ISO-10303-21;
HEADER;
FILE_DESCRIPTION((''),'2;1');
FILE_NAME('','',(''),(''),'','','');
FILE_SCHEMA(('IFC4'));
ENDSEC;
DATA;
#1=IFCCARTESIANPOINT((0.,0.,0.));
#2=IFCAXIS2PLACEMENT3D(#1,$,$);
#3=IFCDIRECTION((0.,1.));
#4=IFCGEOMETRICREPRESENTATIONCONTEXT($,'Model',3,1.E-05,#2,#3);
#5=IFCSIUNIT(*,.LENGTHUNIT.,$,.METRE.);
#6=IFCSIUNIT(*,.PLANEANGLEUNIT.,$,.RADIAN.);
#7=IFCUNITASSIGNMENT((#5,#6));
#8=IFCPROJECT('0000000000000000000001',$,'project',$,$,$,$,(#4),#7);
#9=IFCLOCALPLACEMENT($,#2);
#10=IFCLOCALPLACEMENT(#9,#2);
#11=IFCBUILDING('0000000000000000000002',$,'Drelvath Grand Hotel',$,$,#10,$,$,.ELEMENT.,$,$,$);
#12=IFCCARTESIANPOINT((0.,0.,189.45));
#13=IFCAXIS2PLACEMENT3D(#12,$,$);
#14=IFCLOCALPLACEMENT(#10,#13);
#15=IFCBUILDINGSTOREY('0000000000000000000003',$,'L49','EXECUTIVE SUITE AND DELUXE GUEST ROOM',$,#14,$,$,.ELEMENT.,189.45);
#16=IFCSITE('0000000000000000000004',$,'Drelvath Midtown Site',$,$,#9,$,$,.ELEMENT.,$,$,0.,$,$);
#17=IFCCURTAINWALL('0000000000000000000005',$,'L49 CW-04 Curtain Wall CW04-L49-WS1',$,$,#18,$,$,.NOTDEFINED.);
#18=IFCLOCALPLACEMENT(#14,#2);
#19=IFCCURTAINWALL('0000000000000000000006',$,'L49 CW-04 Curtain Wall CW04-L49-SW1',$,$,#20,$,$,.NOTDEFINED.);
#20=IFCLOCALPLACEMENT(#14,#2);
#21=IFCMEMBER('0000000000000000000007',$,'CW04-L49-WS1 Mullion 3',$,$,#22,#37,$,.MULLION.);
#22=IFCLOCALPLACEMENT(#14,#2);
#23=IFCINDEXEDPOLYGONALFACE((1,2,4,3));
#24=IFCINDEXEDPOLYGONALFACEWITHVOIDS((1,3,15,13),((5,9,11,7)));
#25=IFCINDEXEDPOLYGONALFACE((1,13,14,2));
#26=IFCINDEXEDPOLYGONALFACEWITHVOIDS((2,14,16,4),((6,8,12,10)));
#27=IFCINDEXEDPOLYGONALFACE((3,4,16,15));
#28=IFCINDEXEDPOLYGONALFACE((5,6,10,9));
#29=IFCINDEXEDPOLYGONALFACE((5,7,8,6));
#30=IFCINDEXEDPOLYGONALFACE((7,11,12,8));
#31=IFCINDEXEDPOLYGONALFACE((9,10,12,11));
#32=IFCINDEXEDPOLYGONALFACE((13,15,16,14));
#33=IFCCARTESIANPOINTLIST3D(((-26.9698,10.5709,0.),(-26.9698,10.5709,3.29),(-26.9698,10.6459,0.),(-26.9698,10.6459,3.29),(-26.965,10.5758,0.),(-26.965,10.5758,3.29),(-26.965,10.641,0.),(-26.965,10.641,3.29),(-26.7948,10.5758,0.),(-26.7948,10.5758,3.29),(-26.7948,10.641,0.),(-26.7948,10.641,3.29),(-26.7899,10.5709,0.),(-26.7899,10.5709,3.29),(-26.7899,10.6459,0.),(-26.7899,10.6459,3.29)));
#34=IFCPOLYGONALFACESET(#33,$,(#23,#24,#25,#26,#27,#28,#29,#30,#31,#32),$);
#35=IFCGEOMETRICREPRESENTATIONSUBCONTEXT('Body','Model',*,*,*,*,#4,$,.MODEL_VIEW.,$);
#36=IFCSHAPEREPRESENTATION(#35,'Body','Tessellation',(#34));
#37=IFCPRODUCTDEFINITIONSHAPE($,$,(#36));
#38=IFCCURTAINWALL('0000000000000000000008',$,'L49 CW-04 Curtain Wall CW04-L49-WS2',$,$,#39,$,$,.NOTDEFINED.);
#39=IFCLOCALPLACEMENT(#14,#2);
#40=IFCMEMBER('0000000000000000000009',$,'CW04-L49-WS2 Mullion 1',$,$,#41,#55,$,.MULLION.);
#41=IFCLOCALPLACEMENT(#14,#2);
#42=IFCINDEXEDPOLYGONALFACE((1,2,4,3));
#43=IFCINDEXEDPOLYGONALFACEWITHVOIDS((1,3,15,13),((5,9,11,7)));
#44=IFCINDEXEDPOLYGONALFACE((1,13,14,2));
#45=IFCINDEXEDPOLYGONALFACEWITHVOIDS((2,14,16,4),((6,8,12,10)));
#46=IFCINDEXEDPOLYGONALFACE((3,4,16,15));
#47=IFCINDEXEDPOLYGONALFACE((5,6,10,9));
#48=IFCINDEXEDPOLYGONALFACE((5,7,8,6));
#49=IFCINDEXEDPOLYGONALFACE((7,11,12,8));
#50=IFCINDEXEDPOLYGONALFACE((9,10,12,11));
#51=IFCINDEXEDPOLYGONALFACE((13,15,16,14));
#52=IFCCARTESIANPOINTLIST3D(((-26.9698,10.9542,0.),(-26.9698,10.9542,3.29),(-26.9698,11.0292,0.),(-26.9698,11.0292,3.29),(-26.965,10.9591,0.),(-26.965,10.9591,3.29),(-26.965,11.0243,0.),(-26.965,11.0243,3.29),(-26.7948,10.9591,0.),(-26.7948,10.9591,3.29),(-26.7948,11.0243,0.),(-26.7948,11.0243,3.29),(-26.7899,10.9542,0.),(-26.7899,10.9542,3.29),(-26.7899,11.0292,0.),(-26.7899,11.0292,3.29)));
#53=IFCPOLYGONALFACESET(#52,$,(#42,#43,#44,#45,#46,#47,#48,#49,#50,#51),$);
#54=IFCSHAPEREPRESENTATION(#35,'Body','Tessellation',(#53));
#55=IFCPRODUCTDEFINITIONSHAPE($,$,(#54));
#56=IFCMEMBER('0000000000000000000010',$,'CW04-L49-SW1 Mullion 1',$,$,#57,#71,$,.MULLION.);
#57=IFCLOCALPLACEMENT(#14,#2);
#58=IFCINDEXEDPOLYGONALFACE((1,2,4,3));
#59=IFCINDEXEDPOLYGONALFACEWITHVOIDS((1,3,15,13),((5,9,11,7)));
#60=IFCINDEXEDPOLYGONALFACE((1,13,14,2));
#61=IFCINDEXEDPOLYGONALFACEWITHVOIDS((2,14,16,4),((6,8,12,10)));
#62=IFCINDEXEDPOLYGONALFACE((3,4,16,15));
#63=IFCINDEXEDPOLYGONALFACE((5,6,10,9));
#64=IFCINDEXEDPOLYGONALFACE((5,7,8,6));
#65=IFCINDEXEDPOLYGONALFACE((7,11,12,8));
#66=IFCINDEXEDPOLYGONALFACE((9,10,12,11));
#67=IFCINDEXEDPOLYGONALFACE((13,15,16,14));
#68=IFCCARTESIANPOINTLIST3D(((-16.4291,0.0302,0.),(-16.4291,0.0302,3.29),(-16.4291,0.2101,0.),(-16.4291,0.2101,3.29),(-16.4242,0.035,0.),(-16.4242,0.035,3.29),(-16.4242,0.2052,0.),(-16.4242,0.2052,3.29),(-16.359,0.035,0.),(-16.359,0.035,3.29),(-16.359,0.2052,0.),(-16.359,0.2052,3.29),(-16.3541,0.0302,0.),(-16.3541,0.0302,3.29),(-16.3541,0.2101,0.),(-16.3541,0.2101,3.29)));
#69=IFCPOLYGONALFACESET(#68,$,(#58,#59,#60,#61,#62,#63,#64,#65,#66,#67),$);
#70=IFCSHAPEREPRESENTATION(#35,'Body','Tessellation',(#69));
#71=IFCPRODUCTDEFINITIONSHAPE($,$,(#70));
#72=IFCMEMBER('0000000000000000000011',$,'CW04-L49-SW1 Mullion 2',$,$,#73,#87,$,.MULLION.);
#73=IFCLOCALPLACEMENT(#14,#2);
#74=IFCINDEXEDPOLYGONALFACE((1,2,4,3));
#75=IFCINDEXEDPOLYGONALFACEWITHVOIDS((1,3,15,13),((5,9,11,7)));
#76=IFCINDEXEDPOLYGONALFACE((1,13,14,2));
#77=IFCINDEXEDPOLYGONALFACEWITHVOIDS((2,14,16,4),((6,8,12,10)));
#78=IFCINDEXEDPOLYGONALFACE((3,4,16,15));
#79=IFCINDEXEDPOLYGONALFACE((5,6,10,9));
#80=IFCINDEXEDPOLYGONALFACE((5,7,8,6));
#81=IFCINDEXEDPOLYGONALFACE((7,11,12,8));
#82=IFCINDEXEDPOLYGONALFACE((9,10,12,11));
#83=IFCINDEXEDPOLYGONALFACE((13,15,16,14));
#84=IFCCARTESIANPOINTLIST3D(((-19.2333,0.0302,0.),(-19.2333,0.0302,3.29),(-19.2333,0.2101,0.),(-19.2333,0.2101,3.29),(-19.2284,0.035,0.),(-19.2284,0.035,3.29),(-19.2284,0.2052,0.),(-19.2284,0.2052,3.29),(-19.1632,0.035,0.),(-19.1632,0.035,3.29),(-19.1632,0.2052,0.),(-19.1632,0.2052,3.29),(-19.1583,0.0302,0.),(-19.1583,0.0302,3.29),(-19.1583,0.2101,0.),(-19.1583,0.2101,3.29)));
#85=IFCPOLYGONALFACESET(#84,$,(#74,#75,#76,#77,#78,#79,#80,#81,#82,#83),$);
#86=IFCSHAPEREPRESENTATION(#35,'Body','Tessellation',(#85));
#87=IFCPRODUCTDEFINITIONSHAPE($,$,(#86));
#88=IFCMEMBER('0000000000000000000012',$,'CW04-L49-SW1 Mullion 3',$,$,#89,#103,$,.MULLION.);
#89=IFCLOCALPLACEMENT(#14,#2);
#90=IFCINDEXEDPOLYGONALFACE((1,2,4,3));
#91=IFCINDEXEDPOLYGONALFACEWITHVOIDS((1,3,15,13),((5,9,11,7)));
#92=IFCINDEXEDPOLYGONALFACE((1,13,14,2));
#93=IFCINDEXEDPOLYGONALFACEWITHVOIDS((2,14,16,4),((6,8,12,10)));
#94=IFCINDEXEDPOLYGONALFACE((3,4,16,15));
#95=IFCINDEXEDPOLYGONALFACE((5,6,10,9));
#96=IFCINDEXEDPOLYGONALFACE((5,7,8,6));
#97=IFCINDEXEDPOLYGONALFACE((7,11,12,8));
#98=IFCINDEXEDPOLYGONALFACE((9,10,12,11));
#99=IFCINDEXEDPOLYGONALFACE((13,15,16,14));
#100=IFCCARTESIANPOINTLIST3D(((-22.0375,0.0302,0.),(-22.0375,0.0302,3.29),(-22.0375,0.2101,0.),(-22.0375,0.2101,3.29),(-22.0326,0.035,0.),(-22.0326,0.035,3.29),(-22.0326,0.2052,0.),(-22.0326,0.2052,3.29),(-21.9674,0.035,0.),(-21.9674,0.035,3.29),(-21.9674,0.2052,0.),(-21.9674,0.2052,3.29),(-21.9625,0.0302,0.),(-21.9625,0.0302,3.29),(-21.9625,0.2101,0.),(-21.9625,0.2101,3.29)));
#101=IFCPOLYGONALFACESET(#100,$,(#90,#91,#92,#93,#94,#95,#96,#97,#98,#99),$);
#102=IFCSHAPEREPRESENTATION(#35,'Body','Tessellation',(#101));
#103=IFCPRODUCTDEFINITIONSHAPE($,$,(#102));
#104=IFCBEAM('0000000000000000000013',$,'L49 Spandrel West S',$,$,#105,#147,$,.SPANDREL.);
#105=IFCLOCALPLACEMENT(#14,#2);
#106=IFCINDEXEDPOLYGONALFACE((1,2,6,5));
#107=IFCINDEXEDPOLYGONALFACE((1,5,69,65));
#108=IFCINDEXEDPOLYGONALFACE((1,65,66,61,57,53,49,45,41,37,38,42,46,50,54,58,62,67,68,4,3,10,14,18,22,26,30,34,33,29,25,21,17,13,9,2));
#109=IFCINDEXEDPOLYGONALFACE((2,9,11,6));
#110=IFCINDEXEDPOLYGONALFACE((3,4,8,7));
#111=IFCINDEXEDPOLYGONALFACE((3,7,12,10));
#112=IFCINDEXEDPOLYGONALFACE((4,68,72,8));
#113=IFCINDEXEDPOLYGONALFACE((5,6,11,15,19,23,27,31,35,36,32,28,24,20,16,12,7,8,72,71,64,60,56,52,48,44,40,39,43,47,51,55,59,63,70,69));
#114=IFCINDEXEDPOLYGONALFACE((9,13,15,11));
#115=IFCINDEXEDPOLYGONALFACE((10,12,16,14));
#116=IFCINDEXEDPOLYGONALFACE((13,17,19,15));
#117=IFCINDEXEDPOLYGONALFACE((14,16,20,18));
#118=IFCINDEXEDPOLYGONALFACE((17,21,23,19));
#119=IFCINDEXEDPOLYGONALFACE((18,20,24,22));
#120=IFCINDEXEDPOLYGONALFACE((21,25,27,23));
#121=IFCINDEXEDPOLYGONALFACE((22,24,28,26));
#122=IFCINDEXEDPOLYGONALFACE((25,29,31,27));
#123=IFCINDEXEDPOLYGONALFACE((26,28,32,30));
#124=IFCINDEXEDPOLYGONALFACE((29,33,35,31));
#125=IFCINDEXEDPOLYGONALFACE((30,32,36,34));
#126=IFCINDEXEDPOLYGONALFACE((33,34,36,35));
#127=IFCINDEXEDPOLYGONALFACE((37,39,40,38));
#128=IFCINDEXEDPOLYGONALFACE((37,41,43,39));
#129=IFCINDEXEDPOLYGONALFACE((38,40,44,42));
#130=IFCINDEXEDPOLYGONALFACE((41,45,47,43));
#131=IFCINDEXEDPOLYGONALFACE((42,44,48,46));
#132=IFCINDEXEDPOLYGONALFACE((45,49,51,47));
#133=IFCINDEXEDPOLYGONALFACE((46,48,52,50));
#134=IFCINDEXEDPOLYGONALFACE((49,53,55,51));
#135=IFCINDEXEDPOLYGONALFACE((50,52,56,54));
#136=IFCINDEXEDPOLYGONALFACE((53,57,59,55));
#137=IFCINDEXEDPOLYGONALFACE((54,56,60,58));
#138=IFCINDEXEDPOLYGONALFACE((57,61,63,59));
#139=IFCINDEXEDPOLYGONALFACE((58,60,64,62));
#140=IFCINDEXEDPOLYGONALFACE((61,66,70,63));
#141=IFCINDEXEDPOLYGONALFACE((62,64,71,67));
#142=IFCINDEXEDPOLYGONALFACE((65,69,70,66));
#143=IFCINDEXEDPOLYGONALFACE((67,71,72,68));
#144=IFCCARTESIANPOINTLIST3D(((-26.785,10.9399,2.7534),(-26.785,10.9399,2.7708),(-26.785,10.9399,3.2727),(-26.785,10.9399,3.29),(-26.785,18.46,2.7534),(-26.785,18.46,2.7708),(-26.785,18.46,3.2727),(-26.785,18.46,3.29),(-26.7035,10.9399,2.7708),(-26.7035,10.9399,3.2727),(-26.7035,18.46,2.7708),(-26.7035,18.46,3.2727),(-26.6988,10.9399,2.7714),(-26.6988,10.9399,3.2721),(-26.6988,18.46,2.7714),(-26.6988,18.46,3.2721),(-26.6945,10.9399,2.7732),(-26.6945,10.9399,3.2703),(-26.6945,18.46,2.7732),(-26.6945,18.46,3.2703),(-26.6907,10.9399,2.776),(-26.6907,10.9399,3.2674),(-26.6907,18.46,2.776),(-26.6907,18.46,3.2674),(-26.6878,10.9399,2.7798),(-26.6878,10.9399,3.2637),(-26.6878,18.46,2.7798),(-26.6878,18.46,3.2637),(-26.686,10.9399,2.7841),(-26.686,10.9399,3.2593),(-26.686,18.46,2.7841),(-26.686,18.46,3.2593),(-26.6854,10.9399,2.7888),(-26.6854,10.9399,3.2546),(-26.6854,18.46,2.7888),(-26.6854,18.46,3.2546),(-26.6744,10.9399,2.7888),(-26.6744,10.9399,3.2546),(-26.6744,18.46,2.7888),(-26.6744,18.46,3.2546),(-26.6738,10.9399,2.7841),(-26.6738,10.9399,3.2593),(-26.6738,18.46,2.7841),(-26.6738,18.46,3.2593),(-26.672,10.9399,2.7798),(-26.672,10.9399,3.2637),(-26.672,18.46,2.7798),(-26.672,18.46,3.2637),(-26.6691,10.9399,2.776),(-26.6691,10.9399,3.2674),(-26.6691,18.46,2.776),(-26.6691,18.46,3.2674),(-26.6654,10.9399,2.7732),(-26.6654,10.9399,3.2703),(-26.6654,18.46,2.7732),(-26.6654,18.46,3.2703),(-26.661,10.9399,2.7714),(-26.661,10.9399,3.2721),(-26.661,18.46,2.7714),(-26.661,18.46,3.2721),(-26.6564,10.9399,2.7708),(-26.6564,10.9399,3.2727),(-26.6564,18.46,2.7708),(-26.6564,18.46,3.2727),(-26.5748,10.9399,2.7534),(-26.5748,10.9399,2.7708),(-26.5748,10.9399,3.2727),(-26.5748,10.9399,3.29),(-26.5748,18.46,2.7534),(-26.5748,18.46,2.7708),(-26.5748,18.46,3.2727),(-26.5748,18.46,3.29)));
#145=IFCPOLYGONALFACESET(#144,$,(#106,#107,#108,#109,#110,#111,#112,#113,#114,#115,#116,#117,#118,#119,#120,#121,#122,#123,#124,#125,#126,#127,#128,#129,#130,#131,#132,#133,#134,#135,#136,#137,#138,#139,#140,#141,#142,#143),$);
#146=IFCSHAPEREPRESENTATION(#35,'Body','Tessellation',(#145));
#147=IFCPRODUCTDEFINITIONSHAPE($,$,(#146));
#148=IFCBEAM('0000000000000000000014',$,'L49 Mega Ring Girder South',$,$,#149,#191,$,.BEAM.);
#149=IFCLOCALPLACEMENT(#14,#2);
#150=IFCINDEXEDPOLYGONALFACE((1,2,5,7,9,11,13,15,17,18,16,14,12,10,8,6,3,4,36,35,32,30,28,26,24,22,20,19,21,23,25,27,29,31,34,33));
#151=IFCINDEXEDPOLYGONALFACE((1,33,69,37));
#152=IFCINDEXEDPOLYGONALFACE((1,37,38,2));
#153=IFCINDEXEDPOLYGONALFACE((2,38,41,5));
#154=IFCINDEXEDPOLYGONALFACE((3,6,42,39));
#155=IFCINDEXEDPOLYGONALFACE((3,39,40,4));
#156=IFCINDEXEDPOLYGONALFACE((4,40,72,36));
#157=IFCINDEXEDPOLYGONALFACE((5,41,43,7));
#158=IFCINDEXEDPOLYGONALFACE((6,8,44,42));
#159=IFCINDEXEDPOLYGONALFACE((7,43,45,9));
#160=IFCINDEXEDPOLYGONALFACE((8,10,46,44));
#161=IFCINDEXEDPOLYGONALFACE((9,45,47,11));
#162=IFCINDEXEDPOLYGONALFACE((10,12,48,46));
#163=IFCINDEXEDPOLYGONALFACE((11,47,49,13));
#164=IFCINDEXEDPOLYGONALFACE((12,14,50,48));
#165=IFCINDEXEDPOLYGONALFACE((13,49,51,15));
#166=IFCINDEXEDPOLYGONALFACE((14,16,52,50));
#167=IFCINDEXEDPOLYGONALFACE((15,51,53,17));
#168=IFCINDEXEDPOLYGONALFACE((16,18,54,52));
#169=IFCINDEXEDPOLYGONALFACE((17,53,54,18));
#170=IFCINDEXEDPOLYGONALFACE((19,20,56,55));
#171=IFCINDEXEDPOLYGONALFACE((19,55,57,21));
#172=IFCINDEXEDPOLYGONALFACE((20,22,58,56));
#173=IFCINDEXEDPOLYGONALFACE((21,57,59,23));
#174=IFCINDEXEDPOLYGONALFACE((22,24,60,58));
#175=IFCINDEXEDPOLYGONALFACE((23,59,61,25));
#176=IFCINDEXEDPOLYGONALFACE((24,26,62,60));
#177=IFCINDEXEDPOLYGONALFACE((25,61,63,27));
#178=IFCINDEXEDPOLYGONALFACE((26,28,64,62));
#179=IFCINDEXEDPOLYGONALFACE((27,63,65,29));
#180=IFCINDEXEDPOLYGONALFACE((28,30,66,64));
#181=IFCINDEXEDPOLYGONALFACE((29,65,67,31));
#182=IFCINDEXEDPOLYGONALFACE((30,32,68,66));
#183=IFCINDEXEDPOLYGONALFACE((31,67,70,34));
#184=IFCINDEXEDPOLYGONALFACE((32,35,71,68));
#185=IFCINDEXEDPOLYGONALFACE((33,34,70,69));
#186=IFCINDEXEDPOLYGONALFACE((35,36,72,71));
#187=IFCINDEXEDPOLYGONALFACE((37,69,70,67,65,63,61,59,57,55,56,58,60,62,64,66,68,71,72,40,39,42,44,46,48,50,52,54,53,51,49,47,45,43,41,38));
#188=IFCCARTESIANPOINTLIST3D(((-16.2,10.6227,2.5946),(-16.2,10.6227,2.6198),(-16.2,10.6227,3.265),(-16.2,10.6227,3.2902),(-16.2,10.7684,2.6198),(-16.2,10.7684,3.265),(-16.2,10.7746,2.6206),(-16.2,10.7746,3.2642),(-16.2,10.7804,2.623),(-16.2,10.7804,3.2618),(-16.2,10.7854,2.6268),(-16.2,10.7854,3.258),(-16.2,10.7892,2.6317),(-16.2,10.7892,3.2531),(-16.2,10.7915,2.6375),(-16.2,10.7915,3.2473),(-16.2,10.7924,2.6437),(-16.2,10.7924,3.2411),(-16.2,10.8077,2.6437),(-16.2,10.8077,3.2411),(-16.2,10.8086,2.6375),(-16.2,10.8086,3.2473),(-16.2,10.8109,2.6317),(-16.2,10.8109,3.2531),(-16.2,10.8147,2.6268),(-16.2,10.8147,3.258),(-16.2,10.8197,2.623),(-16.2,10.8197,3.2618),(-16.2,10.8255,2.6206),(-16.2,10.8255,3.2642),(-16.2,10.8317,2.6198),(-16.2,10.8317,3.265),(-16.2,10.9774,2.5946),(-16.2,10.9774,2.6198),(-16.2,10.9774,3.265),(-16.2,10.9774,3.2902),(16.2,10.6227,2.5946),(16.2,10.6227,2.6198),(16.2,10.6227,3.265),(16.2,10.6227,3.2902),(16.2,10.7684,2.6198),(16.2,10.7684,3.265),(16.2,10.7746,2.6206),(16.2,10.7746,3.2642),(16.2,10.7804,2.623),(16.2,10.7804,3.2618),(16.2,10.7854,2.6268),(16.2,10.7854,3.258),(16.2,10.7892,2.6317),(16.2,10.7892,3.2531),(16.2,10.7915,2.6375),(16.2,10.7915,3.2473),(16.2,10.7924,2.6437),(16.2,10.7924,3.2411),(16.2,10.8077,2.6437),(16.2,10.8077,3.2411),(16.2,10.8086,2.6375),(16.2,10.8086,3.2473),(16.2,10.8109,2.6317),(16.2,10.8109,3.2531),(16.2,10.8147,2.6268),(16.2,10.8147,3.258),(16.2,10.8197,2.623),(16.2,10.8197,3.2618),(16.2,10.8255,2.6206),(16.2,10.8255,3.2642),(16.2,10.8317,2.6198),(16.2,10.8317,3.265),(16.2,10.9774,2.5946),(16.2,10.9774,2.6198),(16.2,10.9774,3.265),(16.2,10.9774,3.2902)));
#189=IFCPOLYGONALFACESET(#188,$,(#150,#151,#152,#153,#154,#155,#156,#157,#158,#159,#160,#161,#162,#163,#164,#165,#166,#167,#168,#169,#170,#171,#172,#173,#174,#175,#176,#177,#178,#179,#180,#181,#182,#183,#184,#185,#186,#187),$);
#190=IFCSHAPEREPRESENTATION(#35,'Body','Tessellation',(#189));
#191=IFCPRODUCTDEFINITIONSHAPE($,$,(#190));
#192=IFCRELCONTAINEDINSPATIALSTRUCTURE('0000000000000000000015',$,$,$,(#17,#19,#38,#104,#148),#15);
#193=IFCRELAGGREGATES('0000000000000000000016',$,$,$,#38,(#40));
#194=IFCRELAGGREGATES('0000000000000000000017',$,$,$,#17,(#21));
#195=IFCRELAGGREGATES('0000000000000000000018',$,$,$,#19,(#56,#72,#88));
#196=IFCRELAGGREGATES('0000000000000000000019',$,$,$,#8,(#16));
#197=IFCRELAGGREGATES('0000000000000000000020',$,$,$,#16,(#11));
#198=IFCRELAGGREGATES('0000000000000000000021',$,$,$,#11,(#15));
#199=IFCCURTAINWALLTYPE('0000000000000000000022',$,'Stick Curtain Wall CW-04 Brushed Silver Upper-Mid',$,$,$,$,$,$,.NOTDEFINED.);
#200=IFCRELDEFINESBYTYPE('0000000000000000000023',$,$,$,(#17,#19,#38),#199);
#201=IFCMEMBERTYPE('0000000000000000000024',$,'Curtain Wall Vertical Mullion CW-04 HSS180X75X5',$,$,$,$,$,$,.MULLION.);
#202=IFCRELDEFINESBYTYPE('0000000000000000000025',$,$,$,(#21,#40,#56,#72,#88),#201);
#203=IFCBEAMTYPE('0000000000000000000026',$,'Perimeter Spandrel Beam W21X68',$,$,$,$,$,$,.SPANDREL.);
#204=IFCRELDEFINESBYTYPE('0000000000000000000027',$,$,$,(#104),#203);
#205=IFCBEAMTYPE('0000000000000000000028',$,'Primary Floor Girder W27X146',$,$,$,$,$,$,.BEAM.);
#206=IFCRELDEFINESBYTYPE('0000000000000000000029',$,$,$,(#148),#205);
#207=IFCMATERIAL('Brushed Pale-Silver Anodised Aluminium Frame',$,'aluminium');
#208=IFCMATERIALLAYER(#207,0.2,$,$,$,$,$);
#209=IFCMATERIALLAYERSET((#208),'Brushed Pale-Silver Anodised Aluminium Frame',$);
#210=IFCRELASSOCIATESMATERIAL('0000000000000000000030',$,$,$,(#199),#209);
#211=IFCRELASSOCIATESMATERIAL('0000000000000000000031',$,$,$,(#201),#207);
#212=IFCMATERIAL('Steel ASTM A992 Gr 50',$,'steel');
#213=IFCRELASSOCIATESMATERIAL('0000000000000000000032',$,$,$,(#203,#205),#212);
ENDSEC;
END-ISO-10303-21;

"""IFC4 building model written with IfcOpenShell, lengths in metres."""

from ifc_helpers import new_model, si_unit, direction, frame, origin, origin_2d, place, context, subcontext, project, spatial, hollow_rectangle, i_section, extrude, material, layer, layer_set, material_profile, profile_set, type_object, element, aggregate, save


model = new_model("IFC4")

# Units and contexts
model_context = context("Model", 3, precision=1e-05, world=origin(), true_north=direction((0.0, 1.0)))
body_context = subcontext(model_context, "Body", "Model", "MODEL_VIEW")
ifc_project = project(units=[si_unit("LENGTHUNIT", "METRE"), si_unit("PLANEANGLEUNIT", "RADIAN")], contexts=[model_context])

# Site, building, storey
site_placement = place(None, origin())
site = spatial("IfcSite", under=ifc_project, at=site_placement, Name="Drelvath Midtown Site", CompositionType="ELEMENT", RefElevation=0.0)
building_placement = place(site_placement, origin())
building = spatial("IfcBuilding", under=site, at=building_placement, Name="Drelvath Grand Hotel", CompositionType="ELEMENT")
storey_placement = place(building_placement, frame((0.0, 0.0, 189.45)))
storey = spatial("IfcBuildingStorey", under=building, at=storey_placement, Name="L49", Description="EXECUTIVE SUITE AND DELUXE GUEST ROOM", CompositionType="ELEMENT", Elevation=189.45)

# Curtain walls
ifc_material_1 = material(Name="Brushed Pale-Silver Anodised Aluminium Frame", Category="aluminium")
ifc_layer_1 = layer(ifc_material_1, 0.2)
ifc_layer_set_1 = layer_set([ifc_layer_1], Name="Brushed Pale-Silver Anodised Aluminium Frame")
curtain_wall_type = type_object("IfcCurtainWallType", Name="Stick Curtain Wall CW-04 Brushed Silver Upper-Mid", PredefinedType="NOTDEFINED", material=ifc_layer_set_1)
curtain_wall_1_placement = place(storey_placement, origin())
curtain_wall_1 = element("IfcCurtainWall", 1, at=curtain_wall_1_placement, inside=storey, type_object=curtain_wall_type, Name="L49 CW-04 Curtain Wall CW04-L49-WS1", PredefinedType="NOTDEFINED")
curtain_wall_2_placement = place(storey_placement, origin())
curtain_wall_2 = element("IfcCurtainWall", 2, at=curtain_wall_2_placement, inside=storey, type_object=curtain_wall_type, Name="L49 CW-04 Curtain Wall CW04-L49-SW1", PredefinedType="NOTDEFINED")

# Member
ifc_material_profile_1 = material_profile(ifc_material_1, hollow_rectangle(XDim=0.075, YDim=0.1799, WallThickness=0.0049, at=origin_2d()), Name="HSS180X75X5")
ifc_profile_set_1 = profile_set([ifc_material_profile_1], Name="Brushed Pale-Silver Anodised Aluminium Frame")
member_type_1 = type_object("IfcMemberType", Name="Curtain Wall Vertical Mullion CW-04 HSS180X75X5", PredefinedType="MULLION", material=ifc_profile_set_1)
member_1_placement = place(storey_placement, frame((-26.8799, 10.6084, 0.0), z_axis=(0.0, 0.0, 1.0), x_axis=(0.0, 1.0, 0.0)))
member_1 = element("IfcMember", 3, at=member_1_placement, type_object=member_type_1, Name="CW04-L49-WS1 Mullion 3", PredefinedType="MULLION", context=body_context, shape_type="SweptSolid", body=[
    extrude(hollow_rectangle(XDim=0.075, YDim=0.1799, WallThickness=0.0049, at=origin_2d()), origin(), (0.0, 0.0, 1.0), 3.29),
])

# Curtain wall, member
curtain_wall_3_placement = place(storey_placement, origin())
curtain_wall_3 = element("IfcCurtainWall", 4, at=curtain_wall_3_placement, inside=storey, type_object=curtain_wall_type, Name="L49 CW-04 Curtain Wall CW04-L49-WS2", PredefinedType="NOTDEFINED")
member_2_placement = place(storey_placement, frame((-26.8799, 10.9917, 0.0), z_axis=(0.0, 0.0, 1.0), x_axis=(0.0, 1.0, 0.0)))
member_2 = element("IfcMember", 5, at=member_2_placement, type_object=member_type_1, Name="CW04-L49-WS2 Mullion 1", PredefinedType="MULLION", context=body_context, shape_type="SweptSolid", body=[
    extrude(hollow_rectangle(XDim=0.075, YDim=0.1799, WallThickness=0.0049, at=origin_2d()), origin(), (0.0, 0.0, 1.0), 3.29),
])
aggregate(curtain_wall_3, [member_2])

# Members
member_3_placement = place(storey_placement, frame((-16.3916, 0.1201, 0.0), z_axis=(0.0, 0.0, 1.0), x_axis=(1.0, 0.0, 0.0)))
member_3 = element("IfcMember", 6, at=member_3_placement, type_object=member_type_1, Name="CW04-L49-SW1 Mullion 1", PredefinedType="MULLION", context=body_context, shape_type="SweptSolid", body=[
    extrude(hollow_rectangle(XDim=0.075, YDim=0.1799, WallThickness=0.0049, at=origin_2d()), origin(), (0.0, 0.0, 1.0), 3.29),
])
member_4_placement = place(storey_placement, frame((-19.1958, 0.1201, 0.0), z_axis=(0.0, 0.0, 1.0), x_axis=(1.0, 0.0, 0.0)))
member_4 = element("IfcMember", 7, at=member_4_placement, type_object=member_type_1, Name="CW04-L49-SW1 Mullion 2", PredefinedType="MULLION", context=body_context, shape_type="SweptSolid", body=[
    extrude(hollow_rectangle(XDim=0.075, YDim=0.1799, WallThickness=0.0049, at=origin_2d()), origin(), (0.0, 0.0, 1.0), 3.29),
])
member_5_placement = place(storey_placement, frame((-22.0, 0.1201, 0.0), z_axis=(0.0, 0.0, 1.0), x_axis=(1.0, 0.0, 0.0)))
member_5 = element("IfcMember", 8, at=member_5_placement, type_object=member_type_1, Name="CW04-L49-SW1 Mullion 3", PredefinedType="MULLION", context=body_context, shape_type="SweptSolid", body=[
    extrude(hollow_rectangle(XDim=0.075, YDim=0.1799, WallThickness=0.0049, at=origin_2d()), origin(), (0.0, 0.0, 1.0), 3.29),
])

# Beams
ifc_material_2 = material(Name="Steel ASTM A992 Gr 50", Category="steel")
ifc_material_profile_2 = material_profile(ifc_material_2, i_section(OverallWidth=0.2102, OverallDepth=0.5366, WebThickness=0.011, FlangeThickness=0.0173, FilletRadius=0.0181, at=origin_2d()), Name="W21X68")
ifc_profile_set_2 = profile_set([ifc_material_profile_2], Name="Steel ASTM A992 Gr 50")
beam_type_1 = type_object("IfcBeamType", Name="Perimeter Spandrel Beam W21X68", PredefinedType="SPANDREL", material=ifc_profile_set_2)
beam_placement = place(storey_placement, frame((-26.6799, 10.9399, 3.0217), z_axis=(0.0, 1.0, 0.0), x_axis=(-1.0, 0.0, 0.0)))
element("IfcBeam", 9, at=beam_placement, inside=storey, type_object=beam_type_1, Name="L49 Spandrel West S", PredefinedType="SPANDREL", context=body_context, shape_type="SweptSolid", body=[
    extrude(i_section(OverallWidth=0.2102, OverallDepth=0.5366, WebThickness=0.011, FlangeThickness=0.0173, FilletRadius=0.0181, at=origin_2d()), origin(), (0.0, 0.0, 1.0), 7.52),
])
ifc_material_profile_3 = material_profile(ifc_material_2, i_section(OverallWidth=0.3547, OverallDepth=0.6956, WebThickness=0.0154, FlangeThickness=0.0251, FilletRadius=0.0239, at=origin_2d()), Name="W27X146")
ifc_profile_set_3 = profile_set([ifc_material_profile_3], Name="Steel ASTM A992 Gr 50")
beam_type_2 = type_object("IfcBeamType", Name="Primary Floor Girder W27X146", PredefinedType="BEAM", material=ifc_profile_set_3)
for number, where, z_axis, x_axis, name in (
    (10, (-16.2, 10.8, 2.9424), (1.0, 0.0, 0.0), (0.0, 1.0, 0.0), "L49 Mega Ring Girder South"),
):
    element("IfcBeam", number, at=place(storey_placement, frame(where, z_axis=z_axis, x_axis=x_axis)), inside=storey, type_object=beam_type_2, Name=name, PredefinedType="BEAM", context=body_context, shape_type="SweptSolid", body=[
        extrude(i_section(OverallWidth=0.3547, OverallDepth=0.6956, WebThickness=0.0154, FlangeThickness=0.0251, FilletRadius=0.0239, at=origin_2d()), origin(), (0.0, 0.0, 1.0), 32.3999),
    ])

aggregate(curtain_wall_1, [member_1])
aggregate(curtain_wall_2, [member_3, member_4, member_5])

save(model, "model.ifc")
